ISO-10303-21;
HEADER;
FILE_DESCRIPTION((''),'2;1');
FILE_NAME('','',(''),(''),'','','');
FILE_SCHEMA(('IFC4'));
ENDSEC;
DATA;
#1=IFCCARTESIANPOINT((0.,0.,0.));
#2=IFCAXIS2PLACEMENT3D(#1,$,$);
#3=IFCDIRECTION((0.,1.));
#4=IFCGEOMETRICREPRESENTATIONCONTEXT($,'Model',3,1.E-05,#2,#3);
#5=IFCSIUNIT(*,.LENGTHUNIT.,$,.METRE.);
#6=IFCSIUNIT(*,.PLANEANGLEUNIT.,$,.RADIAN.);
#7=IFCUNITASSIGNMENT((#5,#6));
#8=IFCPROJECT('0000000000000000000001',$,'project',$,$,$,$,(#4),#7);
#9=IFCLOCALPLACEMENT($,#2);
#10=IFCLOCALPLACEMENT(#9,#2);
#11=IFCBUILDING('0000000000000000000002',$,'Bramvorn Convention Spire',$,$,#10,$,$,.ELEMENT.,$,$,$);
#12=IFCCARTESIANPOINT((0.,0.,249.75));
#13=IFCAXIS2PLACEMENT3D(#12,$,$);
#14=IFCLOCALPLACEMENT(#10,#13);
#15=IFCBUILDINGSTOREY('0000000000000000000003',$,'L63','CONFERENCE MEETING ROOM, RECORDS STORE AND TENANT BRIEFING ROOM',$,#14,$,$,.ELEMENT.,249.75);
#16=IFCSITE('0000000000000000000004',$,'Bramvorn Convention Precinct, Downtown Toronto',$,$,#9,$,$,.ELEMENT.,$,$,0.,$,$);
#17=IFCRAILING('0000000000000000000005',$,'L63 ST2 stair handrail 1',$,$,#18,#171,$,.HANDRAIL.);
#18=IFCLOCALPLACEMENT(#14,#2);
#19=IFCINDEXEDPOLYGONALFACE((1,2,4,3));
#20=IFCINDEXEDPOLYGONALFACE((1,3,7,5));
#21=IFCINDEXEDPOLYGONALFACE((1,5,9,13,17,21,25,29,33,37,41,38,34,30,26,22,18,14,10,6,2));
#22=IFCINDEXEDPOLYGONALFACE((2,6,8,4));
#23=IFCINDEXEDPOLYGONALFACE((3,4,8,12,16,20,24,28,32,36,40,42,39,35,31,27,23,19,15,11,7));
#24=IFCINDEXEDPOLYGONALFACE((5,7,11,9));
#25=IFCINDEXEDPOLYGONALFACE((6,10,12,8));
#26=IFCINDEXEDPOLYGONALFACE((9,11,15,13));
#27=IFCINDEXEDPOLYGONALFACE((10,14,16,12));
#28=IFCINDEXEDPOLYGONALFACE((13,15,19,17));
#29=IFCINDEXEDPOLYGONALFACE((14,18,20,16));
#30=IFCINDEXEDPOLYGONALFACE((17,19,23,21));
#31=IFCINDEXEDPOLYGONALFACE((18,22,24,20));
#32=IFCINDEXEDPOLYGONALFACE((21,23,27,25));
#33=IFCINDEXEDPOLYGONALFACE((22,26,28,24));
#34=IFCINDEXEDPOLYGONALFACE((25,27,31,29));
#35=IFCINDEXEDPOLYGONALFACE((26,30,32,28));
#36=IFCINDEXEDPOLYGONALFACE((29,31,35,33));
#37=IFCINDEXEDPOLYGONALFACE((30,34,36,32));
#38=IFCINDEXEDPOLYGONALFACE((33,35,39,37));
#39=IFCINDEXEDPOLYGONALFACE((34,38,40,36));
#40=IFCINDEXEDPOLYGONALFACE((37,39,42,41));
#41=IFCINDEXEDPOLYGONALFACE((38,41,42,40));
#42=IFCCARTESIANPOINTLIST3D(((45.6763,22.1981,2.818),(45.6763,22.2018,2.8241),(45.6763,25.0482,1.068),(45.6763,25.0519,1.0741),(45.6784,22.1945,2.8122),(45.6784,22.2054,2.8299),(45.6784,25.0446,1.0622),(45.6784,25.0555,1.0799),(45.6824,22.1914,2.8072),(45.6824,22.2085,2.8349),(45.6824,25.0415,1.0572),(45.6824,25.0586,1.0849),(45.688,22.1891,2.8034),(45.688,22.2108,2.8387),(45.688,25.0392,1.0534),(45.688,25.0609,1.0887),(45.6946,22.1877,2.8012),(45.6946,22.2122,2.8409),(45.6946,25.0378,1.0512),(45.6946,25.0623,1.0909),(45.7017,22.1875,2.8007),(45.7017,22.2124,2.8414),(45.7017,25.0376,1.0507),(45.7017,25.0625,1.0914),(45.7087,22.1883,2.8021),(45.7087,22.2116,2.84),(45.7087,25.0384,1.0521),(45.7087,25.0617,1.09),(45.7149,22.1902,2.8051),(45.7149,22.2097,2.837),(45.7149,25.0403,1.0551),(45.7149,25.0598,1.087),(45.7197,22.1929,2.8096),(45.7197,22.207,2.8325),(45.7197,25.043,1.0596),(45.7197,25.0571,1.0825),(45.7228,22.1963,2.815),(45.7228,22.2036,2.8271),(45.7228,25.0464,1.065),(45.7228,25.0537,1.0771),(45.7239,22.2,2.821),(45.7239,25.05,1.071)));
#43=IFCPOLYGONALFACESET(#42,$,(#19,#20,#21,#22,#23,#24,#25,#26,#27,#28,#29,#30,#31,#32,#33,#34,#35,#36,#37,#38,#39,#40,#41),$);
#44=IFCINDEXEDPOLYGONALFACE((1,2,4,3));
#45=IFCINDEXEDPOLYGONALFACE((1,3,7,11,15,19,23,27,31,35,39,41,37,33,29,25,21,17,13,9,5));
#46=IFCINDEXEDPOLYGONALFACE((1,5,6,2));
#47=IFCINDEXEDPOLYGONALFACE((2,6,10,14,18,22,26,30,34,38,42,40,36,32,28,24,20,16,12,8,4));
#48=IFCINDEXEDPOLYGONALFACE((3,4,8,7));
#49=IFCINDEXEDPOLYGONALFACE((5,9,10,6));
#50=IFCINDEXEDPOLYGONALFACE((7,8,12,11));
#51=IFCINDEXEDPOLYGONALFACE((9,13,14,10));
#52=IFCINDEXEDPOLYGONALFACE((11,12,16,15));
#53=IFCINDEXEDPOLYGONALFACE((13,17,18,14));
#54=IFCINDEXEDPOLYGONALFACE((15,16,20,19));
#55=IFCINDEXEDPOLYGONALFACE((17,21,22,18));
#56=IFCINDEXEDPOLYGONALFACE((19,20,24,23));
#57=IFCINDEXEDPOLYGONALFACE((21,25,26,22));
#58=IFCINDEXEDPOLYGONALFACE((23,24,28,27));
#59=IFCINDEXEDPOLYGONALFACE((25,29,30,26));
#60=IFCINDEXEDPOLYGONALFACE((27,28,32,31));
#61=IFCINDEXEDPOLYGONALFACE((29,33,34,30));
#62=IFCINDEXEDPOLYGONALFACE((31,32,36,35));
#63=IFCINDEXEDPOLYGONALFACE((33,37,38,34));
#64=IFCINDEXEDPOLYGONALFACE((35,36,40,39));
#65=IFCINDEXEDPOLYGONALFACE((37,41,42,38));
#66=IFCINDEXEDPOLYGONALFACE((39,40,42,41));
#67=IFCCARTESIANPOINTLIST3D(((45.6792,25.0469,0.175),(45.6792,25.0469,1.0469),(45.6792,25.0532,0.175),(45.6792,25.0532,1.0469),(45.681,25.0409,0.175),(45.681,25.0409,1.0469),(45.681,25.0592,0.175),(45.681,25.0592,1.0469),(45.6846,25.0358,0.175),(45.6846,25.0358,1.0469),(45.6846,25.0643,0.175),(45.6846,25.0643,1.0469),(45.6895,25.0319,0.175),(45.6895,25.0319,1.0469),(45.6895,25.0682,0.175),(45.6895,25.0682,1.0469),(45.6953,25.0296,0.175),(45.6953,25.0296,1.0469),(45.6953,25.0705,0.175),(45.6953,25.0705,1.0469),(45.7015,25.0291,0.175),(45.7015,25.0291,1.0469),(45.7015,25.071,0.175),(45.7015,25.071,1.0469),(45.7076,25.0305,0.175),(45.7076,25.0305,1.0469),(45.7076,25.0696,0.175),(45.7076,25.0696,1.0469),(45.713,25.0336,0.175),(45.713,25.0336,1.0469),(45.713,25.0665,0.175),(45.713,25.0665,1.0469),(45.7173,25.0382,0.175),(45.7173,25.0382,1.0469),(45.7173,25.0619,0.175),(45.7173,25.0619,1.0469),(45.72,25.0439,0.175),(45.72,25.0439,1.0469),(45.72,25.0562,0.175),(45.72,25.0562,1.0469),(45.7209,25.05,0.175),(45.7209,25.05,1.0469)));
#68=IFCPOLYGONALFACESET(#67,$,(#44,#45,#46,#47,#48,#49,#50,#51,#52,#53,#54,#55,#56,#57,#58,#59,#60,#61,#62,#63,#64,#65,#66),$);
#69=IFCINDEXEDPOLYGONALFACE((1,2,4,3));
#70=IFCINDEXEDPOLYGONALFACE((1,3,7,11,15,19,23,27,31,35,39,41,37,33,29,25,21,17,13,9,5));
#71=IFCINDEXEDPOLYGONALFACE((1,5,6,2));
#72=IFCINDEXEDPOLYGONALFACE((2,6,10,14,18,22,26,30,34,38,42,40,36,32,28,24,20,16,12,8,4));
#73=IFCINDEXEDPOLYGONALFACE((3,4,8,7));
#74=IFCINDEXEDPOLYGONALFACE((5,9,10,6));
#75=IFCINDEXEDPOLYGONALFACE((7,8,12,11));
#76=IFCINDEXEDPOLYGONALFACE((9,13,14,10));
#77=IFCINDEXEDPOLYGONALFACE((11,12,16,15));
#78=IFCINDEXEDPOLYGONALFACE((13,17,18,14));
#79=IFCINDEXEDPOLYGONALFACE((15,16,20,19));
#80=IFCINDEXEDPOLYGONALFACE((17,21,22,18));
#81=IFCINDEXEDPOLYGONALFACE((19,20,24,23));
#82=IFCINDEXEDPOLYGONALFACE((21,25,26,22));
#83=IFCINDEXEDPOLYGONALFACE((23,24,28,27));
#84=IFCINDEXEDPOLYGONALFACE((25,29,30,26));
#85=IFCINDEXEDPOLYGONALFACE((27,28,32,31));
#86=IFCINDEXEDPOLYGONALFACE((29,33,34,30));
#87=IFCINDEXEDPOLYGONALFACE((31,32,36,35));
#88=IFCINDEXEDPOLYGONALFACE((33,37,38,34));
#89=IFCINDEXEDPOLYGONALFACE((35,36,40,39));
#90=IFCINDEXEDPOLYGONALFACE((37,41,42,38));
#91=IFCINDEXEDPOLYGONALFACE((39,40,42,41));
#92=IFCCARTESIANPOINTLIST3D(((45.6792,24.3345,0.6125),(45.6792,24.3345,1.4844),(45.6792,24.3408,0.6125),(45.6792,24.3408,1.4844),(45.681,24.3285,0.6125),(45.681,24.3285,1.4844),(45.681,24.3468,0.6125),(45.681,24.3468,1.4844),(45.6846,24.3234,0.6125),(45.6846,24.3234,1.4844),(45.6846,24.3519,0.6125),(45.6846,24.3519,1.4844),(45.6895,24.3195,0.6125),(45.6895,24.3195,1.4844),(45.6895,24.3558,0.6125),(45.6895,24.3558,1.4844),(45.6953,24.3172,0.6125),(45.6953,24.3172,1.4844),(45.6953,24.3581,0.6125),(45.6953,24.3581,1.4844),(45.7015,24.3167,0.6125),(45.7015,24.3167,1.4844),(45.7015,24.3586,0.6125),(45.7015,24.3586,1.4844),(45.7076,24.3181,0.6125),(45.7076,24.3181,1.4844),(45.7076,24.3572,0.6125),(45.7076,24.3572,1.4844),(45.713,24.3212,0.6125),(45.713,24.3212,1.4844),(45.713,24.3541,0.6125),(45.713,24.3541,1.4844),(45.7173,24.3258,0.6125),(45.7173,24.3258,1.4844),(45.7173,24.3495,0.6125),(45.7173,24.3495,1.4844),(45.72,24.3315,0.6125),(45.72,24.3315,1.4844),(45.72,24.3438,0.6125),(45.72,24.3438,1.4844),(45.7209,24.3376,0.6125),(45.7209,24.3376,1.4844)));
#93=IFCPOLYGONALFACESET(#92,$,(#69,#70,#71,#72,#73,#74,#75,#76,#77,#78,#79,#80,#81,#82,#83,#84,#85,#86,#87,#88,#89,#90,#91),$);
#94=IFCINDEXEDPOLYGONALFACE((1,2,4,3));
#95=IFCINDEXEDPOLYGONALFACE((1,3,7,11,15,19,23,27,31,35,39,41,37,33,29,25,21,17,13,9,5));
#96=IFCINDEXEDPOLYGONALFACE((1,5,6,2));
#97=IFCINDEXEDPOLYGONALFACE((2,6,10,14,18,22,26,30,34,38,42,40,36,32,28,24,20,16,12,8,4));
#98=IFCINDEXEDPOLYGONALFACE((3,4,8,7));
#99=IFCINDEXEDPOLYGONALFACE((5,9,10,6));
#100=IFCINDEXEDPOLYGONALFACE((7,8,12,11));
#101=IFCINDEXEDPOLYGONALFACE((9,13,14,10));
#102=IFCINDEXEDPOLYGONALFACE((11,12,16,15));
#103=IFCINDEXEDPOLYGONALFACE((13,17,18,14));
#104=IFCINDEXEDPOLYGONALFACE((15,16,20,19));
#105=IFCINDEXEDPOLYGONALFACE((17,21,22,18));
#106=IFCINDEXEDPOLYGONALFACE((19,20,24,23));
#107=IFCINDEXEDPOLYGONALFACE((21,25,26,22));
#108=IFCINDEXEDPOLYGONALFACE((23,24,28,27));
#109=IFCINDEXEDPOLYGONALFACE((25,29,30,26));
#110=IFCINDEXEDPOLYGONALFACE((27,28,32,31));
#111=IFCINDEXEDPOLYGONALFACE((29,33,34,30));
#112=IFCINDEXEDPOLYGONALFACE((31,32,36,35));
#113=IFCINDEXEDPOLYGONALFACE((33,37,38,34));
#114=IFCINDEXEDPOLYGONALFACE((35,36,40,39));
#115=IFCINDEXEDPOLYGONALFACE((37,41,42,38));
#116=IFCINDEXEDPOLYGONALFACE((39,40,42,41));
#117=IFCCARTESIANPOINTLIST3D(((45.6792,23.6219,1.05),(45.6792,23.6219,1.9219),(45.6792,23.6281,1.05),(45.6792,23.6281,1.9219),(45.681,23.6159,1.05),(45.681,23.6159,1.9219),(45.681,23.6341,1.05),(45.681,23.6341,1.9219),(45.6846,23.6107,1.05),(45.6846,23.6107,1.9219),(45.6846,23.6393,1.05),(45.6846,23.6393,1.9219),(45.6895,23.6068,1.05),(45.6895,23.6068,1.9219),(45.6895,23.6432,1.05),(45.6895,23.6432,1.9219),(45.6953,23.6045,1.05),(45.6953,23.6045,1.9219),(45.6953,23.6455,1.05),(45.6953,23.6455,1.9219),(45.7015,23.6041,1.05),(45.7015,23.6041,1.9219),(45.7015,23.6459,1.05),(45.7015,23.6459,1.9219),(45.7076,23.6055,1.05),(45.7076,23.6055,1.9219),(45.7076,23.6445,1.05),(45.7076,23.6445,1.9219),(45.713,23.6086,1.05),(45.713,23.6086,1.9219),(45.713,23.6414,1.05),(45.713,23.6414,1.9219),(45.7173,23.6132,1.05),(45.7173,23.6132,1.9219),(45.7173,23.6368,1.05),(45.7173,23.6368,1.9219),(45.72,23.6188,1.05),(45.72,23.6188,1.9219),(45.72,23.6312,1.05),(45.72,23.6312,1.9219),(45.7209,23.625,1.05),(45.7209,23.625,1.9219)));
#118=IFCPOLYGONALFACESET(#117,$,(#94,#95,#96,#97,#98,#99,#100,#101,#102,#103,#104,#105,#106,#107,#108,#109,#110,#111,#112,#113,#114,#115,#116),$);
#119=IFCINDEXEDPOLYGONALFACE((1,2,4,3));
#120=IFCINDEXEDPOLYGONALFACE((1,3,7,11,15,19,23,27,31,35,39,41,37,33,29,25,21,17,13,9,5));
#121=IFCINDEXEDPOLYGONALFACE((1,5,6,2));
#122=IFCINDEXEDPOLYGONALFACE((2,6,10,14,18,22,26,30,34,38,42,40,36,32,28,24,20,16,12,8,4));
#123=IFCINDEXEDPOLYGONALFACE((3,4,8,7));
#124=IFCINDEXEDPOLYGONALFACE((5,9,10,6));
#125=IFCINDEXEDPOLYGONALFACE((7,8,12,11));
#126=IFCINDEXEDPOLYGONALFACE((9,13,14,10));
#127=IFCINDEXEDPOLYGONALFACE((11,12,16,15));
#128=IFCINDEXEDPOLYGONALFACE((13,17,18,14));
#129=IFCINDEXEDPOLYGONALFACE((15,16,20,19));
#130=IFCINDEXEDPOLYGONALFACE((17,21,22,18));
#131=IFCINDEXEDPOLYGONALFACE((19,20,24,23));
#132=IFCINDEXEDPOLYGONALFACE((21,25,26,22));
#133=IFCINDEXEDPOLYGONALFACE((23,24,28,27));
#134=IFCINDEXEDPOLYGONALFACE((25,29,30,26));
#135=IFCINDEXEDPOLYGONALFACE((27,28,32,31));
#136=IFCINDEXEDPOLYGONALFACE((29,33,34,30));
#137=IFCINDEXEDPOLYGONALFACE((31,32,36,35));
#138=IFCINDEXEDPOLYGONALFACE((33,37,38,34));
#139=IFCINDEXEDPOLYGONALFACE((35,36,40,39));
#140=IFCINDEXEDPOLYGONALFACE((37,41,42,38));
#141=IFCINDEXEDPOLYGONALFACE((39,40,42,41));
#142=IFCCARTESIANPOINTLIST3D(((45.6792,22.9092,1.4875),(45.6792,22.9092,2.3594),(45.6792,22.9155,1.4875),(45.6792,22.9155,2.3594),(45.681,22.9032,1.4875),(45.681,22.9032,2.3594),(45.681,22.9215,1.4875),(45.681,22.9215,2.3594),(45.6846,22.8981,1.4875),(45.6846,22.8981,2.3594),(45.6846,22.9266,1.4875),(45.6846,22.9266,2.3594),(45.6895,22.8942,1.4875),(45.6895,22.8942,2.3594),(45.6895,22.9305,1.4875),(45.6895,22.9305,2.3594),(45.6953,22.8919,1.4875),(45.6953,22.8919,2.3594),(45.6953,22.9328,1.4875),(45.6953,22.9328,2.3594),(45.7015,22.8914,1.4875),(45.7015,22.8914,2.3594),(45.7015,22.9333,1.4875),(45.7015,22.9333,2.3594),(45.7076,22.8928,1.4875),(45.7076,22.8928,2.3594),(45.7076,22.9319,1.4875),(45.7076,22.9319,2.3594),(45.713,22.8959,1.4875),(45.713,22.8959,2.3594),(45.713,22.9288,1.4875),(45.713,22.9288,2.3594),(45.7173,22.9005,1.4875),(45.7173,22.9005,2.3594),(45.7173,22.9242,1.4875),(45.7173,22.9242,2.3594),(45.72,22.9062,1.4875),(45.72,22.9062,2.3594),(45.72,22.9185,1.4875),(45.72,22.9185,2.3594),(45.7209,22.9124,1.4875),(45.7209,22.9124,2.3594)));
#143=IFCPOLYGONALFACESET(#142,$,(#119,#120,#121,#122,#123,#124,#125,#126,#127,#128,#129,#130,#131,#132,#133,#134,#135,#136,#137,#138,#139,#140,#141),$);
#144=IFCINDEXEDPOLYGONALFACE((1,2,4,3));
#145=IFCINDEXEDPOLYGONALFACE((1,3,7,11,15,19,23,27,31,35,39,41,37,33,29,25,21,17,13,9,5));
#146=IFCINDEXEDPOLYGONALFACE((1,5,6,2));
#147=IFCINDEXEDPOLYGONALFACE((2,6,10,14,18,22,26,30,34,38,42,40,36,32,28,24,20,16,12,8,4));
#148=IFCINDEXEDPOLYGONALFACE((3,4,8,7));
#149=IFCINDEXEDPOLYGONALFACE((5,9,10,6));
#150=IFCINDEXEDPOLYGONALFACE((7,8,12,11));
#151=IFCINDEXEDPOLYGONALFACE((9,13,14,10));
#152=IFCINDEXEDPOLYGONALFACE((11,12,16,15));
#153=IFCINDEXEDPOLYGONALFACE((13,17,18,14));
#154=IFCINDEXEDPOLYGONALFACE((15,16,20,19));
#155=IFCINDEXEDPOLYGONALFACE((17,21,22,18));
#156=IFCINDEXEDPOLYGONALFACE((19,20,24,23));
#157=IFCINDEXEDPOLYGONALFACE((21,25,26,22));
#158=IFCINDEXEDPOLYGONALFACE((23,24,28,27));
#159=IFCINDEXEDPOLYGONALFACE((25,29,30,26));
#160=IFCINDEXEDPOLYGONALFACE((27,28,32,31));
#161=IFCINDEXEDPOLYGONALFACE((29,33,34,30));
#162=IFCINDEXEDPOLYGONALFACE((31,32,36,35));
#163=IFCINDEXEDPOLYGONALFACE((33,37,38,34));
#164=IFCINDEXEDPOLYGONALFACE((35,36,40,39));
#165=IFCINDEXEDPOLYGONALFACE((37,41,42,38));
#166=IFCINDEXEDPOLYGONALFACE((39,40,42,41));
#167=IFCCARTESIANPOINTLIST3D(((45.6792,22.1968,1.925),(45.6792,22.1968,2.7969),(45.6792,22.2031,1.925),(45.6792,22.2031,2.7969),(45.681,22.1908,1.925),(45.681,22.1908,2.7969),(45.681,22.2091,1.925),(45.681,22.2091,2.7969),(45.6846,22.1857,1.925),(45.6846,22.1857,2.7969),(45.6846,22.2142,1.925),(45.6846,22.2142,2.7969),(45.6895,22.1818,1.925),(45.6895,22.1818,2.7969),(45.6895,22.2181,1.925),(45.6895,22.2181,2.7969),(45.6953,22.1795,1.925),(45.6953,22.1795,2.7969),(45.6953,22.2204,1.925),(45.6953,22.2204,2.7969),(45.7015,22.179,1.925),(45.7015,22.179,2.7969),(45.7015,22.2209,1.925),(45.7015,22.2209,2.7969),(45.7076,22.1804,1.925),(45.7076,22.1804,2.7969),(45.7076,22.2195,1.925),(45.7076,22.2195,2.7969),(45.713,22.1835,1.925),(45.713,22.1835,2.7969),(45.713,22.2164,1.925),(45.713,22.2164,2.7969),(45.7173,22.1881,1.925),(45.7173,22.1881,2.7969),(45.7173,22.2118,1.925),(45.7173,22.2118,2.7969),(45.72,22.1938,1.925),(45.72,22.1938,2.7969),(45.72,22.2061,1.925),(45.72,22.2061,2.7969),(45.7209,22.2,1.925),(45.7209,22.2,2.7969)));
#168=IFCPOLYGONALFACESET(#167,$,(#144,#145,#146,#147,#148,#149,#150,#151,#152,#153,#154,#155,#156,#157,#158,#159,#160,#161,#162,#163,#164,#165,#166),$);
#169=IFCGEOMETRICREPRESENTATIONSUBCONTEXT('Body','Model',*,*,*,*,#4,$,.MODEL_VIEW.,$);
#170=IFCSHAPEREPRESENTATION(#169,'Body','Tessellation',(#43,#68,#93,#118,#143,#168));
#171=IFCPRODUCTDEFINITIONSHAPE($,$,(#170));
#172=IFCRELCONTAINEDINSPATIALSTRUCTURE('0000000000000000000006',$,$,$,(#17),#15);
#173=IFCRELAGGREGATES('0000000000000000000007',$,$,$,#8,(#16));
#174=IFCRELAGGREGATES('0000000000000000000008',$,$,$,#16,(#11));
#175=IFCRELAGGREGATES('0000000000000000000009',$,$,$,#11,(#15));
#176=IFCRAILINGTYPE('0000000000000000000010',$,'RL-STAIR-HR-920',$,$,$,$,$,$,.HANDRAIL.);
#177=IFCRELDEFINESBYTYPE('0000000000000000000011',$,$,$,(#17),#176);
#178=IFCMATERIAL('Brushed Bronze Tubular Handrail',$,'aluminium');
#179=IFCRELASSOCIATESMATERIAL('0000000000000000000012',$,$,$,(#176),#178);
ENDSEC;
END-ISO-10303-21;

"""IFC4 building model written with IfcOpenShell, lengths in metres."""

from ifc_helpers import new_model, si_unit, direction, frame, origin, origin_2d, place, context, subcontext, project, spatial, circle, extrude, material, type_object, element, save


model = new_model("IFC4")

# Units and contexts
model_context = context("Model", 3, precision=1e-05, world=origin(), true_north=direction((0.0, 1.0)))
body_context = subcontext(model_context, "Body", "Model", "MODEL_VIEW")
ifc_project = project(units=[si_unit("LENGTHUNIT", "METRE"), si_unit("PLANEANGLEUNIT", "RADIAN")], contexts=[model_context])

# Site, building, storey
site_placement = place(None, origin())
site = spatial("IfcSite", under=ifc_project, at=site_placement, Name="Bramvorn Convention Precinct, Downtown Toronto", CompositionType="ELEMENT", RefElevation=0.0)
building_placement = place(site_placement, origin())
building = spatial("IfcBuilding", under=site, at=building_placement, Name="Bramvorn Convention Spire", CompositionType="ELEMENT")
storey_placement = place(building_placement, frame((0.0, 0.0, 249.75)))
storey = spatial("IfcBuildingStorey", under=building, at=storey_placement, Name="L63", Description="CONFERENCE MEETING ROOM, RECORDS STORE AND TENANT BRIEFING ROOM", CompositionType="ELEMENT", Elevation=249.75)

# Railing
ifc_material_1 = material(Name="Brushed Bronze Tubular Handrail", Category="aluminium")
railing_type_1 = type_object("IfcRailingType", Name="RL-STAIR-HR-920", PredefinedType="HANDRAIL", material=ifc_material_1)
railing_1_placement = place(storey_placement, frame((45.7, 25.05, 0.175)))
element("IfcRailing", 1, at=railing_1_placement, inside=storey, type_object=railing_type_1, Name="L63 ST2 stair handrail 1", PredefinedType="HANDRAIL", context=body_context, shape_type="SweptSolid", body=[
    extrude(circle(Radius=0.0239, at=origin_2d()), frame((0.0, 0.0, 0.896), z_axis=(0.0, -0.852179, 0.52325), x_axis=(1.0, 0.0, 0.0)), (0.0, 0.0, 1.0), 3.3445),
    extrude(circle(Radius=0.021, at=origin_2d()), origin(), (0.0, 0.0, 1.0), 0.8718),
    extrude(circle(Radius=0.021, at=origin_2d()), frame((0.0, -0.7124, 0.4375)), (0.0, 0.0, 1.0), 0.8718),
    extrude(circle(Radius=0.021, at=origin_2d()), frame((0.0, -1.425, 0.875)), (0.0, 0.0, 1.0), 0.8718),
    extrude(circle(Radius=0.021, at=origin_2d()), frame((0.0, -2.1377, 1.3125)), (0.0, 0.0, 1.0), 0.8718),
    extrude(circle(Radius=0.021, at=origin_2d()), frame((0.0, -2.8501, 1.75)), (0.0, 0.0, 1.0), 0.8718),
])

save(model, "model.ifc")
